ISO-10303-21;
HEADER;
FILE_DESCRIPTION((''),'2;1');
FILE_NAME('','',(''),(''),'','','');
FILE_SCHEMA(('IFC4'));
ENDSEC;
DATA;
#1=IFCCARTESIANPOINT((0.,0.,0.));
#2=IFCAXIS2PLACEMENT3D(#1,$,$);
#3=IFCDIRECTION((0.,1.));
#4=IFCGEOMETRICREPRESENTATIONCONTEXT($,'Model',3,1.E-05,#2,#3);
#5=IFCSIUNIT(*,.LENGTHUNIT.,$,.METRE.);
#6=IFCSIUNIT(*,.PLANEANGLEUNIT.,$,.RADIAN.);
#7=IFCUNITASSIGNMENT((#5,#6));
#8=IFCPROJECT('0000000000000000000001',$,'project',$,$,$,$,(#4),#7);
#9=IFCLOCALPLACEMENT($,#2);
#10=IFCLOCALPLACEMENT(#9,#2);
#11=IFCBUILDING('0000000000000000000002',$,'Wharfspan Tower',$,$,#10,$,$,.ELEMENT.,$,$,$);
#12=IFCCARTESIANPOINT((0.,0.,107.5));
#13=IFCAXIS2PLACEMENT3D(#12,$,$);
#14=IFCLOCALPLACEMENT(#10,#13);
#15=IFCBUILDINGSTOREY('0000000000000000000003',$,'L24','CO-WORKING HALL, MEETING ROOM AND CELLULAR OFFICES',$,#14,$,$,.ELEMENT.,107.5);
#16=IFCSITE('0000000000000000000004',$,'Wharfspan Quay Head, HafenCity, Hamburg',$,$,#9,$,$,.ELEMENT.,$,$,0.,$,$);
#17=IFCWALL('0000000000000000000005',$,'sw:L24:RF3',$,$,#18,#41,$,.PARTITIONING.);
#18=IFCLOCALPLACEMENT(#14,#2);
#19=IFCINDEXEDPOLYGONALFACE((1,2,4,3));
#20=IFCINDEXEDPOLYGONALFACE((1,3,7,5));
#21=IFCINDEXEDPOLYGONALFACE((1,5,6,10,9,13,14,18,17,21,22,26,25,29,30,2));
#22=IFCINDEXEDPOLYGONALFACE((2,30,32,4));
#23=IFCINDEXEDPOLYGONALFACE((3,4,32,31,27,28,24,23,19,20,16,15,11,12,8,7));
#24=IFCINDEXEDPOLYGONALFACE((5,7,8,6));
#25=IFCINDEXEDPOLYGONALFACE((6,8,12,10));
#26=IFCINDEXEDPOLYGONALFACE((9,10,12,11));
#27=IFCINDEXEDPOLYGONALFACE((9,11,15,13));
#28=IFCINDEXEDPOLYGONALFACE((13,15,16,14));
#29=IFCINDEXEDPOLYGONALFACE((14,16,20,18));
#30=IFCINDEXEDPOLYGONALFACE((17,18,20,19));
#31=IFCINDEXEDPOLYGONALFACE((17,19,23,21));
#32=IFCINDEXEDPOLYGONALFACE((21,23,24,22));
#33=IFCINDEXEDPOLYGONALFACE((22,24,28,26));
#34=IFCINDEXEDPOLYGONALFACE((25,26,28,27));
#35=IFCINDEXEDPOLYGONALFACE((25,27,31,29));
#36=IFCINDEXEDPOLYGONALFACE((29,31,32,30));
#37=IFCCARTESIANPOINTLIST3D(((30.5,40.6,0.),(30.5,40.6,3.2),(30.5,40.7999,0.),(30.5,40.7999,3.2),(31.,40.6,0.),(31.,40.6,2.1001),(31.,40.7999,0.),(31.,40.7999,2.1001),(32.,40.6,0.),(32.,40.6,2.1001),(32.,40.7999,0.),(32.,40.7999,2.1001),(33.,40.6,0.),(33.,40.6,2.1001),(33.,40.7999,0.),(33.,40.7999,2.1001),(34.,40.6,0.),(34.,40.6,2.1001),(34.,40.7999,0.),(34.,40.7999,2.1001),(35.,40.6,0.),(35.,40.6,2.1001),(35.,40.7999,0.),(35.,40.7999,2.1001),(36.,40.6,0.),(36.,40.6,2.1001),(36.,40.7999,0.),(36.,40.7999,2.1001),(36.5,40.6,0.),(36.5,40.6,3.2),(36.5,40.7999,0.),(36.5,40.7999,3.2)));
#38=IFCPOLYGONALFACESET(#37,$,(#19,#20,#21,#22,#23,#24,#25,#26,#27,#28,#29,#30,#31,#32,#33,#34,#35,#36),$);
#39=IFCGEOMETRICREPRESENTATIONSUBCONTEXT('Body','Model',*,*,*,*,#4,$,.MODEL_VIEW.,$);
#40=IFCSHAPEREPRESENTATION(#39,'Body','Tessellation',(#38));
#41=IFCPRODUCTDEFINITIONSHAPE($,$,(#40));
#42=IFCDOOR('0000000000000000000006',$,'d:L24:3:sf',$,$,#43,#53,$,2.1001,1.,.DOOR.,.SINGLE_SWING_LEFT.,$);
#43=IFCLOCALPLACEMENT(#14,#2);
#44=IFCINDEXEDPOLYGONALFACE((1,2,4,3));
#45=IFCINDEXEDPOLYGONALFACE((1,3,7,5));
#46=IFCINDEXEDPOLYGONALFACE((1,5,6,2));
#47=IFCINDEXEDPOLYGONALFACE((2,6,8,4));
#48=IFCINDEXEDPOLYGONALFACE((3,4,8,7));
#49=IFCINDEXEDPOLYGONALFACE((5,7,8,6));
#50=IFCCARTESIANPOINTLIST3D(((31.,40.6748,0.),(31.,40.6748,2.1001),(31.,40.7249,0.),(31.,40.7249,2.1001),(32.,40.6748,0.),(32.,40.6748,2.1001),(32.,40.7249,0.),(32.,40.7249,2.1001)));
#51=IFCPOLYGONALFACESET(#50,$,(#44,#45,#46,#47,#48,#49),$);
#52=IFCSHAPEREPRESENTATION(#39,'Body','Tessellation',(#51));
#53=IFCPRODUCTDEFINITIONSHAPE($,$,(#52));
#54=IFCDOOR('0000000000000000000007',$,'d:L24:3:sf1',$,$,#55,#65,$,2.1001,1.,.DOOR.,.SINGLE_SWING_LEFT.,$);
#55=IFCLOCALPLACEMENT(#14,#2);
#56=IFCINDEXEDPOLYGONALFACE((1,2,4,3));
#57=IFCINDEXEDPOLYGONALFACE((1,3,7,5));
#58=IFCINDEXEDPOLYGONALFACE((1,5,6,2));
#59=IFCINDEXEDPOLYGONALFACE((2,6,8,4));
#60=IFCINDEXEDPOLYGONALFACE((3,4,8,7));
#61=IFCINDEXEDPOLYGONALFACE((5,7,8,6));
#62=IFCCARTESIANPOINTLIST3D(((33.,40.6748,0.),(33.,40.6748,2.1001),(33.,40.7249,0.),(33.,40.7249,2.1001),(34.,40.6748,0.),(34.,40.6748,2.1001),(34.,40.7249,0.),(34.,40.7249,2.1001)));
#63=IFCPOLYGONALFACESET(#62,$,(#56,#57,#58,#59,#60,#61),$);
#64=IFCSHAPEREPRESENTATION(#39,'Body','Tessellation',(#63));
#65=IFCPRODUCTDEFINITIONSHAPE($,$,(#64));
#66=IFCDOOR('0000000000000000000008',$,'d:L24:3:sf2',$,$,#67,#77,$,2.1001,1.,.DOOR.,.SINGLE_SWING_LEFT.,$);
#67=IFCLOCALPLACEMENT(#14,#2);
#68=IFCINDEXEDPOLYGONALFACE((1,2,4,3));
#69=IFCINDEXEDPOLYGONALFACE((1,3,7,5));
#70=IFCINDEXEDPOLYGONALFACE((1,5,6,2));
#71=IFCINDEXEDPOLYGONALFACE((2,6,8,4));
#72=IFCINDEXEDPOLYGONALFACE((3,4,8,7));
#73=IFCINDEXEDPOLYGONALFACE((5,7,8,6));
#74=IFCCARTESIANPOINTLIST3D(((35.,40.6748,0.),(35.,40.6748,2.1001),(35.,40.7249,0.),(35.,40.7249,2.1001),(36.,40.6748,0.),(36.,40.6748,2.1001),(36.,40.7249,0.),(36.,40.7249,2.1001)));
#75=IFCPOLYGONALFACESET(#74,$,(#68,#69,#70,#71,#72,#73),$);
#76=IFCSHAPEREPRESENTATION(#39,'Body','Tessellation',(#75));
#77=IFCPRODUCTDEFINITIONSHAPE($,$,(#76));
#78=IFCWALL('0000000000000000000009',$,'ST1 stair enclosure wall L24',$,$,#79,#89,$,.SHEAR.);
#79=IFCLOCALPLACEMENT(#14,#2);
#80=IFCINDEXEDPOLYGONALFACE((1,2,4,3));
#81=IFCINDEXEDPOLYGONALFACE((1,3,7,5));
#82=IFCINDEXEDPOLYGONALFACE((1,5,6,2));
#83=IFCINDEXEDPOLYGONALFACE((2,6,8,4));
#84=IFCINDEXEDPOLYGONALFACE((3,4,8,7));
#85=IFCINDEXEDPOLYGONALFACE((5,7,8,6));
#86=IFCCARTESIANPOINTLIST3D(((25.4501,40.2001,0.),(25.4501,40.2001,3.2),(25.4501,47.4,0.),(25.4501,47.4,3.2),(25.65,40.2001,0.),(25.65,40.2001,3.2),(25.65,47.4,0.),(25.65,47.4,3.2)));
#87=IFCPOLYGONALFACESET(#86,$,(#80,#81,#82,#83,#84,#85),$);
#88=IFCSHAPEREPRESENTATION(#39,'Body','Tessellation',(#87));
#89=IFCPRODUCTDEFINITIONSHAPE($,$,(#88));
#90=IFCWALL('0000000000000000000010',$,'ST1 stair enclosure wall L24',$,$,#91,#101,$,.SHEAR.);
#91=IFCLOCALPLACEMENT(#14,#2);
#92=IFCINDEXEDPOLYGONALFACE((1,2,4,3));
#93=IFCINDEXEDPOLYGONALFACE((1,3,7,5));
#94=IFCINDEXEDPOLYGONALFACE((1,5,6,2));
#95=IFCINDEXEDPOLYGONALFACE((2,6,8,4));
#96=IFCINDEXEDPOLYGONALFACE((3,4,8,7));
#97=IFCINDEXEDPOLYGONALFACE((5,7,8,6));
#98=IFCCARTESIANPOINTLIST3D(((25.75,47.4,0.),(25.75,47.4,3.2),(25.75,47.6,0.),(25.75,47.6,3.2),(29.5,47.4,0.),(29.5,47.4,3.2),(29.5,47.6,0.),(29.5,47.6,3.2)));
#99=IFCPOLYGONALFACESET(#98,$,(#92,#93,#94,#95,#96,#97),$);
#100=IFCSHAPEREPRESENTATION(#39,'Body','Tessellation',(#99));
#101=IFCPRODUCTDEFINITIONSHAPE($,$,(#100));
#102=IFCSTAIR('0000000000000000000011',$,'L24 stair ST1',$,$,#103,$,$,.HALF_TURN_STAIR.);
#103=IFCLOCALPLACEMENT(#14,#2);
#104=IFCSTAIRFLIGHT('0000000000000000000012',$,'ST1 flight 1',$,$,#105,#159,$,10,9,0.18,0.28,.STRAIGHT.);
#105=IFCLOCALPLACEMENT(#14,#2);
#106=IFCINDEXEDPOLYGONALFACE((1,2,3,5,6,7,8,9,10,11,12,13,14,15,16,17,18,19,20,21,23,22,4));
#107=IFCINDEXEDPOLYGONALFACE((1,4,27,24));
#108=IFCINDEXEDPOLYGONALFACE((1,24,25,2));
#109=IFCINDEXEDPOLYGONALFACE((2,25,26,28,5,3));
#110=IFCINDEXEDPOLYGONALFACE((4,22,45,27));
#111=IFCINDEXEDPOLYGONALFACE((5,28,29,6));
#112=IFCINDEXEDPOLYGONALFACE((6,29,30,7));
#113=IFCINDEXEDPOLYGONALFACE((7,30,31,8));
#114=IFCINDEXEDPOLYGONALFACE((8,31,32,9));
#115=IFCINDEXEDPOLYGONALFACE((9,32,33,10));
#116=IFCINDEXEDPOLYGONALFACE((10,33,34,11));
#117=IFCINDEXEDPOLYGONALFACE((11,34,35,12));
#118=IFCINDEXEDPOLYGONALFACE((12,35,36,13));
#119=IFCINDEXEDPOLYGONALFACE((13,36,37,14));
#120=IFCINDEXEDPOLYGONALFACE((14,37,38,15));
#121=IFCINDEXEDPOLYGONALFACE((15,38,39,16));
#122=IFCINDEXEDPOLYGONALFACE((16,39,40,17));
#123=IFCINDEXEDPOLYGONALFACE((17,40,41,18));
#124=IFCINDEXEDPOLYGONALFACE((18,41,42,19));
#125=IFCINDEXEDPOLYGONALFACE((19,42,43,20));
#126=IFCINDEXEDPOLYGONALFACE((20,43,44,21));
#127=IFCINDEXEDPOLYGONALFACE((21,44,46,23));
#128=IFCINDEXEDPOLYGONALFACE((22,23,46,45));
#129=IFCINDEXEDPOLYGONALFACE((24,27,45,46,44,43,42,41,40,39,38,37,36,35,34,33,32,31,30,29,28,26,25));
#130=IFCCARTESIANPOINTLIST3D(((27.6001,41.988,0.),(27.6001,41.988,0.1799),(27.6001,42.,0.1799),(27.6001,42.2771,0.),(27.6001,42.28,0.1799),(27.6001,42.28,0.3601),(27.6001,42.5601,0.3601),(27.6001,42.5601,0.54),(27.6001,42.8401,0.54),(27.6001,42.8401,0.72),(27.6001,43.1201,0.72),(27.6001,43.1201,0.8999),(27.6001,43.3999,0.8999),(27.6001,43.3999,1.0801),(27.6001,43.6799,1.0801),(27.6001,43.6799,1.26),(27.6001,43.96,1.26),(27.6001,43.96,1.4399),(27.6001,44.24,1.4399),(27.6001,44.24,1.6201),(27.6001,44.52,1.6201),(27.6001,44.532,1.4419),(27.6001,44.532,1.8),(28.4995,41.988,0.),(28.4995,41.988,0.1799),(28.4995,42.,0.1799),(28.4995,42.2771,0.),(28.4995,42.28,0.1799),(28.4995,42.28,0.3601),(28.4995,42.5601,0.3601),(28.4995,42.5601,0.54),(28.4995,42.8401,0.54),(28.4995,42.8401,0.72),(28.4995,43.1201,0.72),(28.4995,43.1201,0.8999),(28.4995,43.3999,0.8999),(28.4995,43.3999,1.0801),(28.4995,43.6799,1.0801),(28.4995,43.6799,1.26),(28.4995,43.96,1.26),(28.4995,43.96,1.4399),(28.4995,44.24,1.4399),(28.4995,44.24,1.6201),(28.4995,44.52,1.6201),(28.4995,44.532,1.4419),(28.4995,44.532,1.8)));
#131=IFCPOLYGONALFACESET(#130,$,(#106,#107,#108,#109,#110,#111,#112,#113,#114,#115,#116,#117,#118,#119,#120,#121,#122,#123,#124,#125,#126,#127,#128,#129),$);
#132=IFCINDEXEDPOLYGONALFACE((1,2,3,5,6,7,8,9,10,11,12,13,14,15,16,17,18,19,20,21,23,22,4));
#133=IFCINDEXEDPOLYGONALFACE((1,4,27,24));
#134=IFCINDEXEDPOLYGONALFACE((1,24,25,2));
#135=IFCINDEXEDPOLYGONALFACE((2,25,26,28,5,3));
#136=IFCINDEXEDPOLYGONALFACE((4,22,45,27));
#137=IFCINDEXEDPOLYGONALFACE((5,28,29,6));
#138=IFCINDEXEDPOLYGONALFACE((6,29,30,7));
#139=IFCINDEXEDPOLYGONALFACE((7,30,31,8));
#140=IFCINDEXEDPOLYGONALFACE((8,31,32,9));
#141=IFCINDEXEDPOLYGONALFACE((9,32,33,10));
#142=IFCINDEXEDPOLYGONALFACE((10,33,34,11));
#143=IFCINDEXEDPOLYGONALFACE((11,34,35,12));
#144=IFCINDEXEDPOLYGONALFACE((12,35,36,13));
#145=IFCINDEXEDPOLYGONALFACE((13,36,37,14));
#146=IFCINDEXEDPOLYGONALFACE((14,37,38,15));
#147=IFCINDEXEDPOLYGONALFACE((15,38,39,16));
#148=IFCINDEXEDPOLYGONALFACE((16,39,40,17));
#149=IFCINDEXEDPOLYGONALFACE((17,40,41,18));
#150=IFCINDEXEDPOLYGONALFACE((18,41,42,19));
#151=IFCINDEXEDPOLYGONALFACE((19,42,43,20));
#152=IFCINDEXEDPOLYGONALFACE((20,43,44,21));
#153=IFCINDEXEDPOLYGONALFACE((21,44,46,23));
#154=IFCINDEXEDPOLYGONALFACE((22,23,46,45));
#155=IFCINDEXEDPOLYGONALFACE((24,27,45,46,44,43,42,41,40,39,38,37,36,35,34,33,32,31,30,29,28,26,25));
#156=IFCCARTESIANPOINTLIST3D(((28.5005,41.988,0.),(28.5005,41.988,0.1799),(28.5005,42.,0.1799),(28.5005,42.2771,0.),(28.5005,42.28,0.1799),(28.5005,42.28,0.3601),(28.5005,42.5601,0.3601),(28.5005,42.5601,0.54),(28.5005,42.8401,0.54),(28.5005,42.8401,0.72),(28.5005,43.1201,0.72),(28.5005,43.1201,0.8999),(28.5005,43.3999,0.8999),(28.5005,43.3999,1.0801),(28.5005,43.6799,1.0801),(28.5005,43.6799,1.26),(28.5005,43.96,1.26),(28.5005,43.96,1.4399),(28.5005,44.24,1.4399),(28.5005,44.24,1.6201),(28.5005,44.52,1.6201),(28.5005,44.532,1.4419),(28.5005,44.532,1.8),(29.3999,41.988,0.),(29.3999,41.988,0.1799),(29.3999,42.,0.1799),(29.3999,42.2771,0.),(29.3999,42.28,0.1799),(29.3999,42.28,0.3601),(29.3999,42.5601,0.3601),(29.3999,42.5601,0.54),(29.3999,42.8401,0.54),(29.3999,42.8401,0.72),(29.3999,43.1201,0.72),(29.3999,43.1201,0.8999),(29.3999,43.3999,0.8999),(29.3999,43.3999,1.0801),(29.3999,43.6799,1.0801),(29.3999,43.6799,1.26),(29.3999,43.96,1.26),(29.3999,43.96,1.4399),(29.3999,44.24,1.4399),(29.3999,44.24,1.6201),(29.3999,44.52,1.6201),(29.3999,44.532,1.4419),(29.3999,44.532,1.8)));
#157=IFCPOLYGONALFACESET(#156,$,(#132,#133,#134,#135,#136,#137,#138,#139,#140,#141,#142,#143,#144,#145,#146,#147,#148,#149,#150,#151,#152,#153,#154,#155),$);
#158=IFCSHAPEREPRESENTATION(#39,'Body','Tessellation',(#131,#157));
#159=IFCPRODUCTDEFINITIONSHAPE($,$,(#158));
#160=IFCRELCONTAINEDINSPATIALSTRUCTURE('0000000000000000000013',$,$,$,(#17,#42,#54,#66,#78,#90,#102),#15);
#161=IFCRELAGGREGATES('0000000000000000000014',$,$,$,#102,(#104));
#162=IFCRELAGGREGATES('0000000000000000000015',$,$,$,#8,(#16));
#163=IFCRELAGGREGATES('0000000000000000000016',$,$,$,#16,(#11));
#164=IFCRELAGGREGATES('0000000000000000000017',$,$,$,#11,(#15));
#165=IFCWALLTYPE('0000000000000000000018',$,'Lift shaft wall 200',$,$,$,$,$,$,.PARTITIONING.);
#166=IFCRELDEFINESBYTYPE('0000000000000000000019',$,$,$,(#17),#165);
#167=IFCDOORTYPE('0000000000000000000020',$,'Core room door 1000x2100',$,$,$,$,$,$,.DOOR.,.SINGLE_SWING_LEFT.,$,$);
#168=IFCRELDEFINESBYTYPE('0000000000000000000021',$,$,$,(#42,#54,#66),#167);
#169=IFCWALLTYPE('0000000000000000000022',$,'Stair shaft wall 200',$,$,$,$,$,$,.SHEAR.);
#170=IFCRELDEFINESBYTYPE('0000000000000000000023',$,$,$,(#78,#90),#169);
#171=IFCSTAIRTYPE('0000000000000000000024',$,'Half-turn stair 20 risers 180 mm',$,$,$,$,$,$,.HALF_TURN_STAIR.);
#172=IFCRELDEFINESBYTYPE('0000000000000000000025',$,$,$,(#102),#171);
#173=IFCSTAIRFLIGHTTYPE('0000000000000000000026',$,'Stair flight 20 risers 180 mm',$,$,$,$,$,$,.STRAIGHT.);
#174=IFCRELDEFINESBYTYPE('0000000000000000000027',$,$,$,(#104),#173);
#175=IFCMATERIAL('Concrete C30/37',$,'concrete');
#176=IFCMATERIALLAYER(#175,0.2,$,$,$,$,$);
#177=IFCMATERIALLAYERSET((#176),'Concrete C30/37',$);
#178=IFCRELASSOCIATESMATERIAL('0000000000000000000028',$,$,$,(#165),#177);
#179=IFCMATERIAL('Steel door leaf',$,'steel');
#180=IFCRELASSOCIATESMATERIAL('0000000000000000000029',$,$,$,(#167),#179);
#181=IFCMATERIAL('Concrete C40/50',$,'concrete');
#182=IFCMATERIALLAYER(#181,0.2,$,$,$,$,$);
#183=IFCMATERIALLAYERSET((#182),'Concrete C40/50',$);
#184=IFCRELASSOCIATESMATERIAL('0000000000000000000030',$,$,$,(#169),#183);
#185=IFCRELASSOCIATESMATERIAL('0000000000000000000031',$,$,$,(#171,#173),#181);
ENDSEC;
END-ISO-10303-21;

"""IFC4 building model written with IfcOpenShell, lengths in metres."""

from ifc_helpers import new_model, si_unit, direction, frame, frame_2d, origin, place, context, subcontext, project, spatial, polyline, rectangle, outline, extrude, material, layer, layer_set, type_object, element, fill, aggregate, save


model = new_model("IFC4")

# Units and contexts
model_context = context("Model", 3, precision=1e-05, world=origin(), true_north=direction((0.0, 1.0)))
body_context = subcontext(model_context, "Body", "Model", "MODEL_VIEW")
ifc_project = project(units=[si_unit("LENGTHUNIT", "METRE"), si_unit("PLANEANGLEUNIT", "RADIAN")], contexts=[model_context])

# Site, building, storey
site_placement = place(None, origin())
site = spatial("IfcSite", under=ifc_project, at=site_placement, Name="Wharfspan Quay Head, HafenCity, Hamburg", CompositionType="ELEMENT", RefElevation=0.0)
building_placement = place(site_placement, origin())
building = spatial("IfcBuilding", under=site, at=building_placement, Name="Wharfspan Tower", CompositionType="ELEMENT")
storey_placement = place(building_placement, frame((0.0, 0.0, 107.5)))
storey = spatial("IfcBuildingStorey", under=building, at=storey_placement, Name="L24", Description="CO-WORKING HALL, MEETING ROOM AND CELLULAR OFFICES", CompositionType="ELEMENT", Elevation=107.5)

# Shared definitions
ifc_material_1 = material(Name="Steel door leaf", Category="steel")

# Wall, openings, doors
ifc_material_2 = material(Name="Concrete C30/37", Category="concrete")
ifc_layer_1 = layer(ifc_material_2, 0.2)
ifc_layer_set_1 = layer_set([ifc_layer_1], Name="Concrete C30/37")
wall_type_1 = type_object("IfcWallType", Name="Lift shaft wall 200", PredefinedType="PARTITIONING", material=ifc_layer_set_1)
wall_1_placement = place(storey_placement, frame((30.5, 40.7, 0.0), z_axis=(0.0, 0.0, 1.0), x_axis=(1.0, 0.0, 0.0)))
wall_1 = element("IfcWall", 1, at=wall_1_placement, inside=storey, type_object=wall_type_1, Name="sw:L24:RF3", PredefinedType="PARTITIONING", context=body_context, shape_type="SweptSolid", body=[
    extrude(rectangle(XDim=6.0, YDim=0.2, at=frame_2d((3.0, 0.0))), origin(), (0.0, 0.0, 1.0), 3.2),
])
opening_1_placement = place(wall_1_placement, frame((0.5, 0.0, 0.0)))
opening_1 = element("IfcOpeningElement", 2, at=opening_1_placement, cuts=wall_1, PredefinedType="OPENING", context=body_context, shape_type="SweptSolid", body=[
    extrude(rectangle(XDim=1.0, YDim=2.1001, at=frame_2d((0.5, 1.05))), frame((0.0, 0.1099, 0.0), z_axis=(0.0, -1.0, 0.0), x_axis=(1.0, 0.0, 0.0)), (0.0, 0.0, 1.0), 0.22),
])
opening_2_placement = place(wall_1_placement, frame((2.5, 0.0, 0.0)))
opening_2 = element("IfcOpeningElement", 3, at=opening_2_placement, cuts=wall_1, PredefinedType="OPENING", context=body_context, shape_type="SweptSolid", body=[
    extrude(rectangle(XDim=1.0, YDim=2.1001, at=frame_2d((0.5, 1.05))), frame((0.0, 0.1099, 0.0), z_axis=(0.0, -1.0, 0.0), x_axis=(1.0, 0.0, 0.0)), (0.0, 0.0, 1.0), 0.22),
])
opening_3_placement = place(wall_1_placement, frame((4.5, 0.0, 0.0)))
opening_3 = element("IfcOpeningElement", 4, at=opening_3_placement, cuts=wall_1, PredefinedType="OPENING", context=body_context, shape_type="SweptSolid", body=[
    extrude(rectangle(XDim=1.0, YDim=2.1001, at=frame_2d((0.5, 1.05))), frame((0.0, 0.1099, 0.0), z_axis=(0.0, -1.0, 0.0), x_axis=(1.0, 0.0, 0.0)), (0.0, 0.0, 1.0), 0.22),
])
door_type_1 = type_object("IfcDoorType", Name="Core room door 1000x2100", OperationType="SINGLE_SWING_LEFT", PredefinedType="DOOR", material=ifc_material_1)
door_1_placement = place(opening_1_placement, origin())
door_1 = element("IfcDoor", 5, at=door_1_placement, inside=storey, type_object=door_type_1, Name="d:L24:3:sf", OperationType="SINGLE_SWING_LEFT", OverallHeight=2.1001, OverallWidth=1.0, PredefinedType="DOOR", context=body_context, shape_type="SweptSolid", body=[
    extrude(rectangle(XDim=1.0, YDim=2.1001, at=frame_2d((0.5, 1.05))), frame((0.0, 0.0249, 0.0), z_axis=(0.0, -1.0, 0.0), x_axis=(1.0, 0.0, 0.0)), (0.0, 0.0, 1.0), 0.05),
])
fill(opening_1, door_1)
door_2_placement = place(opening_2_placement, origin())
door_2 = element("IfcDoor", 6, at=door_2_placement, inside=storey, type_object=door_type_1, Name="d:L24:3:sf1", OperationType="SINGLE_SWING_LEFT", OverallHeight=2.1001, OverallWidth=1.0, PredefinedType="DOOR", context=body_context, shape_type="SweptSolid", body=[
    extrude(rectangle(XDim=1.0, YDim=2.1001, at=frame_2d((0.5, 1.05))), frame((0.0, 0.0249, 0.0), z_axis=(0.0, -1.0, 0.0), x_axis=(1.0, 0.0, 0.0)), (0.0, 0.0, 1.0), 0.05),
])
fill(opening_2, door_2)
door_3_placement = place(opening_3_placement, origin())
door_3 = element("IfcDoor", 7, at=door_3_placement, inside=storey, type_object=door_type_1, Name="d:L24:3:sf2", OperationType="SINGLE_SWING_LEFT", OverallHeight=2.1001, OverallWidth=1.0, PredefinedType="DOOR", context=body_context, shape_type="SweptSolid", body=[
    extrude(rectangle(XDim=1.0, YDim=2.1001, at=frame_2d((0.5, 1.05))), frame((0.0, 0.0249, 0.0), z_axis=(0.0, -1.0, 0.0), x_axis=(1.0, 0.0, 0.0)), (0.0, 0.0, 1.0), 0.05),
])
fill(opening_3, door_3)

# Walls
ifc_material_3 = material(Name="Concrete C40/50", Category="concrete")
ifc_layer_2 = layer(ifc_material_3, 0.2)
ifc_layer_set_2 = layer_set([ifc_layer_2], Name="Concrete C40/50")
wall_type_2 = type_object("IfcWallType", Name="Stair shaft wall 200", PredefinedType="SHEAR", material=ifc_layer_set_2)
wall_2_placement = place(storey_placement, frame((25.55, 40.2, 0.0), z_axis=(0.0, 0.0, 1.0), x_axis=(0.0, 1.0, 0.0)))
element("IfcWall", 8, at=wall_2_placement, inside=storey, type_object=wall_type_2, Name="ST1 stair enclosure wall L24", PredefinedType="SHEAR", context=body_context, shape_type="SweptSolid", body=[
    extrude(rectangle(XDim=7.2, YDim=0.2, at=frame_2d((3.6001, 0.0))), origin(), (0.0, 0.0, 1.0), 3.2),
])
wall_3_placement = place(storey_placement, frame((25.75, 47.5, 0.0), z_axis=(0.0, 0.0, 1.0), x_axis=(1.0, 0.0, 0.0)))
element("IfcWall", 9, at=wall_3_placement, inside=storey, type_object=wall_type_2, Name="ST1 stair enclosure wall L24", PredefinedType="SHEAR", context=body_context, shape_type="SweptSolid", body=[
    extrude(rectangle(XDim=3.75, YDim=0.2, at=frame_2d((1.875, 0.0))), origin(), (0.0, 0.0, 1.0), 3.2),
])

# Stair, stair flight
stair_type = type_object("IfcStairType", Name="Half-turn stair 20 risers 180 mm", PredefinedType="HALF_TURN_STAIR", material=ifc_material_3)
stair_placement = place(storey_placement, origin())
stair = element("IfcStair", 10, at=stair_placement, inside=storey, type_object=stair_type, Name="L24 stair ST1", PredefinedType="HALF_TURN_STAIR")
stair_flight_type = type_object("IfcStairFlightType", Name="Stair flight 20 risers 180 mm", PredefinedType="STRAIGHT", material=ifc_material_3)
stair_flight_1_placement = place(storey_placement, frame((28.5, 42.0, 0.0), z_axis=(0.0, 0.0, 1.0), x_axis=(0.0, 1.0, 0.0)))
stair_flight_1 = element("IfcStairFlight", 11, at=stair_flight_1_placement, type_object=stair_flight_type, Name="ST1 flight 1", NumberOfRisers=10, NumberOfTreads=9, PredefinedType="STRAIGHT", RiserHeight=0.18, TreadLength=0.28, context=body_context, shape_type="SweptSolid", body=[
    extrude(outline(polyline([(-0.012, 0.0), (-0.012, 0.1799), (0.0, 0.1799), (0.28, 0.1799), (0.28, 0.3601), (0.5601, 0.3601), (0.5601, 0.54), (0.8401, 0.54), (0.8401, 0.72), (1.1201, 0.72), (1.1201, 0.8999), (1.3999, 0.8999), (1.3999, 1.0801), (1.6799, 1.0801), (1.6799, 1.26), (1.96, 1.26), (1.96, 1.4399), (2.24, 1.4399), (2.24, 1.6201), (2.52, 1.6201), (2.532, 1.8), (2.532, 1.4419), (0.2771, 0.0), (-0.012, 0.0)])), frame((0.0, 0.8999, 0.0), z_axis=(0.0, -1.0, 0.0), x_axis=(1.0, 0.0, 0.0)), (0.0, 0.0, 1.0), 0.8994),
    extrude(outline(polyline([(-0.012, 0.0), (-0.012, 0.1799), (0.0, 0.1799), (0.28, 0.1799), (0.28, 0.3601), (0.5601, 0.3601), (0.5601, 0.54), (0.8401, 0.54), (0.8401, 0.72), (1.1201, 0.72), (1.1201, 0.8999), (1.3999, 0.8999), (1.3999, 1.0801), (1.6799, 1.0801), (1.6799, 1.26), (1.96, 1.26), (1.96, 1.4399), (2.24, 1.4399), (2.24, 1.6201), (2.52, 1.6201), (2.532, 1.8), (2.532, 1.4419), (0.2771, 0.0), (-0.012, 0.0)])), frame((0.0, -0.0005, 0.0), z_axis=(0.0, -1.0, 0.0), x_axis=(1.0, 0.0, 0.0)), (0.0, 0.0, 1.0), 0.8994),
])
aggregate(stair, [stair_flight_1])

save(model, "model.ifc")
